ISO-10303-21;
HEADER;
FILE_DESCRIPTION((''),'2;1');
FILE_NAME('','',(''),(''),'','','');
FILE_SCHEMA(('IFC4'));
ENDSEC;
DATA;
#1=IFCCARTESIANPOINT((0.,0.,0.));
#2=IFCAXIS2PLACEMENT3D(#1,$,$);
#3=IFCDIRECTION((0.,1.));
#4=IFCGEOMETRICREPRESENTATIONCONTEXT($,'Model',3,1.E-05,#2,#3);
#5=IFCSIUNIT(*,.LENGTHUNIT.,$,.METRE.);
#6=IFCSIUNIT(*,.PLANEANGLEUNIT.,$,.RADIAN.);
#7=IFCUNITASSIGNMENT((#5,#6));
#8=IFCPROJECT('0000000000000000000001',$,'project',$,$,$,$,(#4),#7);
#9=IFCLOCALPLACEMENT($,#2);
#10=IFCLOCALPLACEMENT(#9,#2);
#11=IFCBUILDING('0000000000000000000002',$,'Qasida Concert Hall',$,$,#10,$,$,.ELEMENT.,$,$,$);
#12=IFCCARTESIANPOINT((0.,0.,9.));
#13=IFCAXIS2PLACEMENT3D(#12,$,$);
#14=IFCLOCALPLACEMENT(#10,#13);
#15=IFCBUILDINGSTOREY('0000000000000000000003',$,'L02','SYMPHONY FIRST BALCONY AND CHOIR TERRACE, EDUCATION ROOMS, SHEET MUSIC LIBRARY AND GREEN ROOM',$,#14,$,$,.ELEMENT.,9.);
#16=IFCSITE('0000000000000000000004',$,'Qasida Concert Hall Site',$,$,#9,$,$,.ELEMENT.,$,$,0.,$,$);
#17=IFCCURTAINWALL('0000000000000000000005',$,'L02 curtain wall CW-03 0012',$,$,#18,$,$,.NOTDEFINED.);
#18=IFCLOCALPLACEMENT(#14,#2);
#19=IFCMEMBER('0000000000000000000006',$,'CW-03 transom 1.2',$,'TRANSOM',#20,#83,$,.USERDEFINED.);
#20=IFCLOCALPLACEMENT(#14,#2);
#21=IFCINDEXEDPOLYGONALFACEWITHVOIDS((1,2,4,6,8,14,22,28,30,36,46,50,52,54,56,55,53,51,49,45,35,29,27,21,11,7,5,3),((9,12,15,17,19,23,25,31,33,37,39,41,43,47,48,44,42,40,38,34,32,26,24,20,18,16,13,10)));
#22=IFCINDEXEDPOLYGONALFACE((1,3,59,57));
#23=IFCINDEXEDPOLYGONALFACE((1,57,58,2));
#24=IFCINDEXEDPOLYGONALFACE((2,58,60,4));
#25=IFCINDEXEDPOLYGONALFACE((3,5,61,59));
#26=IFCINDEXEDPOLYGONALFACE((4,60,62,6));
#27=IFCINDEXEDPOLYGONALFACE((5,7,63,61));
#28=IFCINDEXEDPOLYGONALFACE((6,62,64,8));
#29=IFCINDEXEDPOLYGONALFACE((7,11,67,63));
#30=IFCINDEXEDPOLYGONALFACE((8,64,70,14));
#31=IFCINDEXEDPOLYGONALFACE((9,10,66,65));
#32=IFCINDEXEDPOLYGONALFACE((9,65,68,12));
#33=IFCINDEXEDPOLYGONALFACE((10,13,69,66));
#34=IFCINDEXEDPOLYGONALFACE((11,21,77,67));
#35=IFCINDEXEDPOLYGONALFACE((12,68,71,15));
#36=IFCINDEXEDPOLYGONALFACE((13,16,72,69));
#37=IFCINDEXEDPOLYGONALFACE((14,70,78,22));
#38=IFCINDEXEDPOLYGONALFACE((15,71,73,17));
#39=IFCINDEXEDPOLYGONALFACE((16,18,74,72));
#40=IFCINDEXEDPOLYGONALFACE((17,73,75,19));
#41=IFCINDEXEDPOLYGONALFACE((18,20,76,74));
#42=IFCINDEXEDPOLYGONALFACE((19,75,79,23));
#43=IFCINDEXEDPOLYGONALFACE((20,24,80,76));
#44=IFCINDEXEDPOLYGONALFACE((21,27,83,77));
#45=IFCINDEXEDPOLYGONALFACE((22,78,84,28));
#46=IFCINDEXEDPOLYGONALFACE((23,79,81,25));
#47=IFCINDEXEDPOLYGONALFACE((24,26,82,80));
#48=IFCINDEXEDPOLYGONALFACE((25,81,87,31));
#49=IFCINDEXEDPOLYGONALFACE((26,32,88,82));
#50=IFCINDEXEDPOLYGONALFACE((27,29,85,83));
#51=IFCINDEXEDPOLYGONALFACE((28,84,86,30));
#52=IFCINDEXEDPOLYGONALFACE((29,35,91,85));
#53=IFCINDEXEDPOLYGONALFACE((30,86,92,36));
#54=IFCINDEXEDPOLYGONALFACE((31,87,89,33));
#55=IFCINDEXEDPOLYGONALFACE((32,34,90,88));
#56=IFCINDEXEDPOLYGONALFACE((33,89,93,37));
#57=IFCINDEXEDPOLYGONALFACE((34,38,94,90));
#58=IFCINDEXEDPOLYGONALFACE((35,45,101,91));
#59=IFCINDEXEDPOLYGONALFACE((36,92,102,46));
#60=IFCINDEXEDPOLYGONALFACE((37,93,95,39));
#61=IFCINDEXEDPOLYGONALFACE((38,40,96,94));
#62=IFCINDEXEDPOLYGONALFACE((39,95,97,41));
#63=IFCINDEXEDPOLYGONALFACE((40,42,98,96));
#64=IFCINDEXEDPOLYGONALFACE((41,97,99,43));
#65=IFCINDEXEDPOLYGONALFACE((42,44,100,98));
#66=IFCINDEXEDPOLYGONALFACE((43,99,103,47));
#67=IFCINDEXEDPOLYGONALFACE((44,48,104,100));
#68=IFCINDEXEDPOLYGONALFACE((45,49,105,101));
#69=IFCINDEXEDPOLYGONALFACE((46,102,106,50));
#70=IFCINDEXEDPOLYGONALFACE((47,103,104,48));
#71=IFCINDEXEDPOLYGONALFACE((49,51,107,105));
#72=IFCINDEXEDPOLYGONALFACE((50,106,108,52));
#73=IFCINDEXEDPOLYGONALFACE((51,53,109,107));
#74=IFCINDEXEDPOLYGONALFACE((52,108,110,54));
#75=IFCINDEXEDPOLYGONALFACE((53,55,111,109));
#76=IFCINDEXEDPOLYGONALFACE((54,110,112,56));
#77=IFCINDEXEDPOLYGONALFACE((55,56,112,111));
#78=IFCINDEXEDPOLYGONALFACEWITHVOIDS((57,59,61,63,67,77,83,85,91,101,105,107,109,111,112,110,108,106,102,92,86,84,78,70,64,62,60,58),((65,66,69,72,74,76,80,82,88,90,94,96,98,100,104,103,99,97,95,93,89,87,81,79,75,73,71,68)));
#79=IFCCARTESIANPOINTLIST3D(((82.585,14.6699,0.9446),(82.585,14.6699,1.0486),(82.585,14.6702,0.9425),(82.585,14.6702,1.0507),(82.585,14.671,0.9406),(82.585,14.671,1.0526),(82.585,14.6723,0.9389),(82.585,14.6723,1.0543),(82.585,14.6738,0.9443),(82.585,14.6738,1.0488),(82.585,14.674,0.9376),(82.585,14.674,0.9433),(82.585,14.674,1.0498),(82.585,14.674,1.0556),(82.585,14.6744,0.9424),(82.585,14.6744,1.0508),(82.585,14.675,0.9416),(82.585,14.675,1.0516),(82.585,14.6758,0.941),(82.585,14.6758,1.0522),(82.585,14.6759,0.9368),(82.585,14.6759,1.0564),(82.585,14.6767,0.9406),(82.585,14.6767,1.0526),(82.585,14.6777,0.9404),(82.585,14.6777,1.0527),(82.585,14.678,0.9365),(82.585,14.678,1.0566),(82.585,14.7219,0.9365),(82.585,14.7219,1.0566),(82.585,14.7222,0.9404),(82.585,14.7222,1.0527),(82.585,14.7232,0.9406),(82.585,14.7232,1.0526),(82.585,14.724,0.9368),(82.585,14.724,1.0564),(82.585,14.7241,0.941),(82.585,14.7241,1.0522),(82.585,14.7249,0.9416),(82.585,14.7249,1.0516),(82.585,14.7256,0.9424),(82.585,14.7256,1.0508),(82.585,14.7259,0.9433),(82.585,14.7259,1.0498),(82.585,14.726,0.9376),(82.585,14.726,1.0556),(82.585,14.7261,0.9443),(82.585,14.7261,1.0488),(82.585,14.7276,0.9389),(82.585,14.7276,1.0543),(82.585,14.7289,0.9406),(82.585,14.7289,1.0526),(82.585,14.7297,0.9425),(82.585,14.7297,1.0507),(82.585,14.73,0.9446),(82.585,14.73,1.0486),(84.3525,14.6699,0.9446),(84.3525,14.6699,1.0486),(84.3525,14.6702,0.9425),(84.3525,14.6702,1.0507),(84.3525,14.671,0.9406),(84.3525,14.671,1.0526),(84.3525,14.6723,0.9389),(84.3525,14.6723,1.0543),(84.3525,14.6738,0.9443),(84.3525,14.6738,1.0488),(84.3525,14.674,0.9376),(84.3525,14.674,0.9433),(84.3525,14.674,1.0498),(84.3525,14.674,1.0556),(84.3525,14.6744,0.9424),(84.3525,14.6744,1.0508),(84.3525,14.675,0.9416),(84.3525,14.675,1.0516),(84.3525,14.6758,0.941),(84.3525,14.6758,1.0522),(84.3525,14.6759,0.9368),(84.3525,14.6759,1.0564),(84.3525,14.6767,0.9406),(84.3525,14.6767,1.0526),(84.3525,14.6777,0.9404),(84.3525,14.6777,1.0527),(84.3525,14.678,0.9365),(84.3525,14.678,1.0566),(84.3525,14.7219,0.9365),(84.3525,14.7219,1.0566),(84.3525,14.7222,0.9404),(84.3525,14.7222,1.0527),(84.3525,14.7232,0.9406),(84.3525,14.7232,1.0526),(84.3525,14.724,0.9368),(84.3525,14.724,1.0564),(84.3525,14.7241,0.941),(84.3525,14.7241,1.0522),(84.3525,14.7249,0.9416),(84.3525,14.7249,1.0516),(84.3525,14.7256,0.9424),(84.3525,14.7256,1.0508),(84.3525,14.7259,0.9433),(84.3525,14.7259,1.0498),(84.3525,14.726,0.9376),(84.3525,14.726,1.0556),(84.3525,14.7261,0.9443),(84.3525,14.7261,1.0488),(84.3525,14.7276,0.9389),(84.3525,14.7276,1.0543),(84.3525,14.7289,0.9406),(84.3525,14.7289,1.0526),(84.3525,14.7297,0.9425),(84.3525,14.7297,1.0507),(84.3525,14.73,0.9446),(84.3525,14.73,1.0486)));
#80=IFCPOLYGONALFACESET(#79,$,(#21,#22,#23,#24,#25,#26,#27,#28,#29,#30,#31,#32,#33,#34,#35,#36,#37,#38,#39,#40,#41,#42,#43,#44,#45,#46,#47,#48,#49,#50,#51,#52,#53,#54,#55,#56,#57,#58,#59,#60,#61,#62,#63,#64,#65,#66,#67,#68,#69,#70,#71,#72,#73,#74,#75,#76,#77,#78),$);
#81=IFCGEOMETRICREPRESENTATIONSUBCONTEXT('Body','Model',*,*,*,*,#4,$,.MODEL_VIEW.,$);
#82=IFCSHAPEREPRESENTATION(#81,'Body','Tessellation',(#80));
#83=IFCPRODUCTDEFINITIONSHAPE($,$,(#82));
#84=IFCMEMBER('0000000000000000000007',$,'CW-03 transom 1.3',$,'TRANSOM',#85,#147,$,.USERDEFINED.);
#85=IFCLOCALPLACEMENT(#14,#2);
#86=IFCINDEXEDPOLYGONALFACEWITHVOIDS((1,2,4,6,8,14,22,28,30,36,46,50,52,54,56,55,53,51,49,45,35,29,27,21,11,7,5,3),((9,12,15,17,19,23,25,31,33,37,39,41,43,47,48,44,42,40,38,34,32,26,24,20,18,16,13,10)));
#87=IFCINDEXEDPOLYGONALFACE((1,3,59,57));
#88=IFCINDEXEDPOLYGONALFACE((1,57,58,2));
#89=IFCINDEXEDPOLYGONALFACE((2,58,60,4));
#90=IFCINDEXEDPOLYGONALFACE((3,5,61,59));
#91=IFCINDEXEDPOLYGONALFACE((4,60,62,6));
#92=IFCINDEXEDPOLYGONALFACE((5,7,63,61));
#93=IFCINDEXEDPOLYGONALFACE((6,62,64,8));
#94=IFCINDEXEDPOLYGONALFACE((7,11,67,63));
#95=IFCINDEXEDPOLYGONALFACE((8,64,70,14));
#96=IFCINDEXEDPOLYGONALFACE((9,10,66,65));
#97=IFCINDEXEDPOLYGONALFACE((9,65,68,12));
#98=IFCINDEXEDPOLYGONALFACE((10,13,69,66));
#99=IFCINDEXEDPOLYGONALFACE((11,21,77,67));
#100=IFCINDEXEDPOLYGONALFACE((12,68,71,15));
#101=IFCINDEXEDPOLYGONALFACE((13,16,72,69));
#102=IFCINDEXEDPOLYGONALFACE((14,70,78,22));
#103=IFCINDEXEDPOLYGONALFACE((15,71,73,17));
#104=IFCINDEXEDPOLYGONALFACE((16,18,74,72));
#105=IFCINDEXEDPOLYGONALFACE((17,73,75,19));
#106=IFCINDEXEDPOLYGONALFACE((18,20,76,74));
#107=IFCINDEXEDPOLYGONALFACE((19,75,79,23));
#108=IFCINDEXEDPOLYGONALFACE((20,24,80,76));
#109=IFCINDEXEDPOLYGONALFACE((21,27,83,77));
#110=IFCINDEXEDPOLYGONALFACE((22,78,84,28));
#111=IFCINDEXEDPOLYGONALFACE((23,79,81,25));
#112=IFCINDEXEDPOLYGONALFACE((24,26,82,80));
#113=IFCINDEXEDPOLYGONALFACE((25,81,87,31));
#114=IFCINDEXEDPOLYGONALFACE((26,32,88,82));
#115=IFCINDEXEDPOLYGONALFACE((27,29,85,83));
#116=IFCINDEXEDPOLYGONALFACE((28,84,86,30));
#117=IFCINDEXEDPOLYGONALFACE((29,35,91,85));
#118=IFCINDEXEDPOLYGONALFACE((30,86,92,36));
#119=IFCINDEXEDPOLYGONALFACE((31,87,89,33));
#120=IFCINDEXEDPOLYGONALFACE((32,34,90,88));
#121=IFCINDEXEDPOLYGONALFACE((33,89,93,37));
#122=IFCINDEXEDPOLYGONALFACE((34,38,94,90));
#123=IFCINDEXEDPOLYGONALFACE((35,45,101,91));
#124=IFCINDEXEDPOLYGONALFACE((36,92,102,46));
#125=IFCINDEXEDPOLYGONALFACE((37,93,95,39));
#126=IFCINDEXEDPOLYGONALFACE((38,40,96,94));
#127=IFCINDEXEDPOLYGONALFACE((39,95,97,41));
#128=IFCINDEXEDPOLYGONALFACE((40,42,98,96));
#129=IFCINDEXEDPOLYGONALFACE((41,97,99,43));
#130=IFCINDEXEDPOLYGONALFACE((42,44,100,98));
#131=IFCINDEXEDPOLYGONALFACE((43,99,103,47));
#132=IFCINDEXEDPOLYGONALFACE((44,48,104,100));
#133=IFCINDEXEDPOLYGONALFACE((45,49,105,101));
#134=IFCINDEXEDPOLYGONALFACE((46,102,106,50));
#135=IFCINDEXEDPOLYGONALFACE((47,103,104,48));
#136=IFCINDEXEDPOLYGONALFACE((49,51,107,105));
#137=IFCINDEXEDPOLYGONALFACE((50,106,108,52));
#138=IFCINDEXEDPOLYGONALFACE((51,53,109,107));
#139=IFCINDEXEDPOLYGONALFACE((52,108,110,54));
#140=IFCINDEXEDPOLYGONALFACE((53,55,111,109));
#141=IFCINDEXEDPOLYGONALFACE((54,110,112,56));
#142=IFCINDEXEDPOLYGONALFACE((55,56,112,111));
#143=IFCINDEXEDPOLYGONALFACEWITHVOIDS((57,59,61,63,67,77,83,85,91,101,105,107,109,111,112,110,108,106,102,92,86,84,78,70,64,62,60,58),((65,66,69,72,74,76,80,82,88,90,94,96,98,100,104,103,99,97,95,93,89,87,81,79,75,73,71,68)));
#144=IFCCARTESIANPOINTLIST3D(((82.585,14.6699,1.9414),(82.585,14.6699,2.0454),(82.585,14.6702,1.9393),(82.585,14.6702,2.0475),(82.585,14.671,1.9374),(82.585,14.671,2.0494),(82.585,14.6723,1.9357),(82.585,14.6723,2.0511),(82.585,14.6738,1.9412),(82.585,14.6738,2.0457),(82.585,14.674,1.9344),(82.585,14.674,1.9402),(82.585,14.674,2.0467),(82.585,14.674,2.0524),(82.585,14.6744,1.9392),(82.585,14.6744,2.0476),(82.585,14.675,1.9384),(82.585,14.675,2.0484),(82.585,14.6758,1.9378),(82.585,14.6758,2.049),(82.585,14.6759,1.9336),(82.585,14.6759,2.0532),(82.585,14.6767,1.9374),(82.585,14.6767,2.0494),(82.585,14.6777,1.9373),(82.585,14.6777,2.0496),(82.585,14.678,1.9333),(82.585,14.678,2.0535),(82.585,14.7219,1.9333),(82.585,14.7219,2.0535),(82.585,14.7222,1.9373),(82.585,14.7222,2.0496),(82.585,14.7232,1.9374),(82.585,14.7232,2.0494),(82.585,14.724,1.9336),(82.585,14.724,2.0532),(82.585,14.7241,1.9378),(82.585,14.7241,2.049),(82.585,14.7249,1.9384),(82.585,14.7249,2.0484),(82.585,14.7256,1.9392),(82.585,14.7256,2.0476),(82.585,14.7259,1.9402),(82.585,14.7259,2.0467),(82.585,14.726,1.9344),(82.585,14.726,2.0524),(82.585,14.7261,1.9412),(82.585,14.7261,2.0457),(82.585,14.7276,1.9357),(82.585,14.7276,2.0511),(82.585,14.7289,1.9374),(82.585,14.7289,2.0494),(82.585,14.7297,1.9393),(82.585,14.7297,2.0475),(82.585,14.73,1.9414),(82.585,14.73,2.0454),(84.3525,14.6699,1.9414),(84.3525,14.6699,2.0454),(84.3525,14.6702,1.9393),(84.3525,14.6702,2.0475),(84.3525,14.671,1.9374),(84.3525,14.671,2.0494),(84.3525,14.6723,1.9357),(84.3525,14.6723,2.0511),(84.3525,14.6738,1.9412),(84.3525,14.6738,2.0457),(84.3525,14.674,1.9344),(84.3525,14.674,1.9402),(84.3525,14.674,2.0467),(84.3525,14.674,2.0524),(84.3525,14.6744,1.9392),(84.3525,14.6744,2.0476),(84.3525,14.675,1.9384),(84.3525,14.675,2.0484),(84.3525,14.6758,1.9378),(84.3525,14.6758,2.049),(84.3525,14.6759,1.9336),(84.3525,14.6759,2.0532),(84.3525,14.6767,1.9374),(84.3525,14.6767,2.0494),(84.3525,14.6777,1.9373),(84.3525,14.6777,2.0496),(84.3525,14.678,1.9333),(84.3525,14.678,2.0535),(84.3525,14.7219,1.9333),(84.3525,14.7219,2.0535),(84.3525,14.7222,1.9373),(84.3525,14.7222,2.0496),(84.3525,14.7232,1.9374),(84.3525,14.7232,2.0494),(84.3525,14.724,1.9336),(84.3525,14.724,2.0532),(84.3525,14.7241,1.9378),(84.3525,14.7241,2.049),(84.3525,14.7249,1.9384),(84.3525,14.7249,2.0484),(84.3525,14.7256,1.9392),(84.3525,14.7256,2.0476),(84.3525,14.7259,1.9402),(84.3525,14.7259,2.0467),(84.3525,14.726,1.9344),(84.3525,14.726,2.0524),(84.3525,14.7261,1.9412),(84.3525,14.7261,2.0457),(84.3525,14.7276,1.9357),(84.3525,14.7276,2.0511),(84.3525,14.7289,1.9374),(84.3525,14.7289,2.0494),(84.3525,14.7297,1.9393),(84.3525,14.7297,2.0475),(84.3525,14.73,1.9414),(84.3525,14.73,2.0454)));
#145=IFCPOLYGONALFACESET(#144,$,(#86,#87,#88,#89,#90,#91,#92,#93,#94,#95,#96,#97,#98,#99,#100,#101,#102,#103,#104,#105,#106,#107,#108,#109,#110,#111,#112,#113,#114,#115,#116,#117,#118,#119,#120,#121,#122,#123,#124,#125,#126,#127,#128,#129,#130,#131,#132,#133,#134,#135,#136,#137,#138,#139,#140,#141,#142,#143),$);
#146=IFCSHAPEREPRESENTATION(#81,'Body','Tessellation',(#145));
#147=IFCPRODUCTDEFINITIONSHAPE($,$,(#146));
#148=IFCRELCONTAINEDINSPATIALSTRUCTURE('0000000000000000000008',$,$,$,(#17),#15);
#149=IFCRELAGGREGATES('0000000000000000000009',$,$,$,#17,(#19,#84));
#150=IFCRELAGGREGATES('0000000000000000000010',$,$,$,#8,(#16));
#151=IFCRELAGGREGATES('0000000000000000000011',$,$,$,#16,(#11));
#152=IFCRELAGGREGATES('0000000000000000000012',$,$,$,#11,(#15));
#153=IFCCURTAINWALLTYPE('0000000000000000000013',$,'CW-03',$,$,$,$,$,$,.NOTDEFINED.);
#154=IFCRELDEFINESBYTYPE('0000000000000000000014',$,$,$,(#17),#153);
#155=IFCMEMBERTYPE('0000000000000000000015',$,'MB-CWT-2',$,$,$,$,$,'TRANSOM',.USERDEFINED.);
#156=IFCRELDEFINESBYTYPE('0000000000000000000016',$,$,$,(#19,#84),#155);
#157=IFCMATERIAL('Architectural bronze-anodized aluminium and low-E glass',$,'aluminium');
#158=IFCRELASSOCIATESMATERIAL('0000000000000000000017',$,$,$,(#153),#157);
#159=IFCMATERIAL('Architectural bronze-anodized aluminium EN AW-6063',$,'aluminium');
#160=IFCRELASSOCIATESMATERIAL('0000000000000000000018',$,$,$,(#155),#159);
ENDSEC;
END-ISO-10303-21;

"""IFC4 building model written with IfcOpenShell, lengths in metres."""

from ifc_helpers import new_model, si_unit, direction, frame, origin, origin_2d, place, context, subcontext, project, spatial, hollow_rectangle, extrude, material, material_profile, profile_set, type_object, element, aggregate, save


model = new_model("IFC4")

# Units and contexts
model_context = context("Model", 3, precision=1e-05, world=origin(), true_north=direction((0.0, 1.0)))
body_context = subcontext(model_context, "Body", "Model", "MODEL_VIEW")
ifc_project = project(units=[si_unit("LENGTHUNIT", "METRE"), si_unit("PLANEANGLEUNIT", "RADIAN")], contexts=[model_context])

# Site, building, storey
site_placement = place(None, origin())
site = spatial("IfcSite", under=ifc_project, at=site_placement, Name="Qasida Concert Hall Site", CompositionType="ELEMENT", RefElevation=0.0)
building_placement = place(site_placement, origin())
building = spatial("IfcBuilding", under=site, at=building_placement, Name="Qasida Concert Hall", CompositionType="ELEMENT")
storey_placement = place(building_placement, frame((0.0, 0.0, 9.0)))
storey = spatial("IfcBuildingStorey", under=building, at=storey_placement, Name="L02", Description="SYMPHONY FIRST BALCONY AND CHOIR TERRACE, EDUCATION ROOMS, SHEET MUSIC LIBRARY AND GREEN ROOM", CompositionType="ELEMENT", Elevation=9.0)

# Shared definitions
ifc_material_1 = material(Name="Architectural bronze-anodized aluminium and low-E glass", Category="aluminium")
curtain_wall_type = type_object("IfcCurtainWallType", Name="CW-03", PredefinedType="NOTDEFINED", material=ifc_material_1)
ifc_material_2 = material(Name="Architectural bronze-anodized aluminium EN AW-6063", Category="aluminium")

# Curtain wall, members
curtain_wall_1_placement = place(storey_placement, origin())
curtain_wall_1 = element("IfcCurtainWall", 1, at=curtain_wall_1_placement, inside=storey, type_object=curtain_wall_type, Name="L02 curtain wall CW-03 0012", PredefinedType="NOTDEFINED")
ifc_material_profile_1 = material_profile(ifc_material_2, hollow_rectangle(XDim=0.0601, YDim=0.1201, WallThickness=0.0039, InnerFilletRadius=0.0039, OuterFilletRadius=0.0081, at=origin_2d()), Name="CWT 120x60x4")
ifc_profile_set_1 = profile_set([ifc_material_profile_1], Name="Architectural bronze-anodized aluminium EN AW-6063")
member_type_1 = type_object("IfcMemberType", Name="MB-CWT-2", ElementType="TRANSOM", PredefinedType="USERDEFINED", material=ifc_profile_set_1)
member_1_placement = place(storey_placement, frame((82.585, 14.7, 0.9966), z_axis=(1.0, 0.0, 0.0), x_axis=(0.0, 1.0, 0.0)))
member_1 = element("IfcMember", 2, at=member_1_placement, type_object=member_type_1, Name="CW-03 transom 1.2", ObjectType="TRANSOM", PredefinedType="USERDEFINED", context=body_context, shape_type="SweptSolid", body=[
    extrude(hollow_rectangle(XDim=0.0601, YDim=0.1201, WallThickness=0.0039, InnerFilletRadius=0.0039, OuterFilletRadius=0.0081, at=origin_2d()), origin(), (0.0, 0.0, 1.0), 1.7676),
])
member_2_placement = place(storey_placement, frame((82.585, 14.7, 1.9934), z_axis=(1.0, 0.0, 0.0), x_axis=(0.0, 1.0, 0.0)))
member_2 = element("IfcMember", 3, at=member_2_placement, type_object=member_type_1, Name="CW-03 transom 1.3", ObjectType="TRANSOM", PredefinedType="USERDEFINED", context=body_context, shape_type="SweptSolid", body=[
    extrude(hollow_rectangle(XDim=0.0601, YDim=0.1201, WallThickness=0.0039, InnerFilletRadius=0.0039, OuterFilletRadius=0.0081, at=origin_2d()), origin(), (0.0, 0.0, 1.0), 1.7676),
])

aggregate(curtain_wall_1, [member_1, member_2])

save(model, "model.ifc")
